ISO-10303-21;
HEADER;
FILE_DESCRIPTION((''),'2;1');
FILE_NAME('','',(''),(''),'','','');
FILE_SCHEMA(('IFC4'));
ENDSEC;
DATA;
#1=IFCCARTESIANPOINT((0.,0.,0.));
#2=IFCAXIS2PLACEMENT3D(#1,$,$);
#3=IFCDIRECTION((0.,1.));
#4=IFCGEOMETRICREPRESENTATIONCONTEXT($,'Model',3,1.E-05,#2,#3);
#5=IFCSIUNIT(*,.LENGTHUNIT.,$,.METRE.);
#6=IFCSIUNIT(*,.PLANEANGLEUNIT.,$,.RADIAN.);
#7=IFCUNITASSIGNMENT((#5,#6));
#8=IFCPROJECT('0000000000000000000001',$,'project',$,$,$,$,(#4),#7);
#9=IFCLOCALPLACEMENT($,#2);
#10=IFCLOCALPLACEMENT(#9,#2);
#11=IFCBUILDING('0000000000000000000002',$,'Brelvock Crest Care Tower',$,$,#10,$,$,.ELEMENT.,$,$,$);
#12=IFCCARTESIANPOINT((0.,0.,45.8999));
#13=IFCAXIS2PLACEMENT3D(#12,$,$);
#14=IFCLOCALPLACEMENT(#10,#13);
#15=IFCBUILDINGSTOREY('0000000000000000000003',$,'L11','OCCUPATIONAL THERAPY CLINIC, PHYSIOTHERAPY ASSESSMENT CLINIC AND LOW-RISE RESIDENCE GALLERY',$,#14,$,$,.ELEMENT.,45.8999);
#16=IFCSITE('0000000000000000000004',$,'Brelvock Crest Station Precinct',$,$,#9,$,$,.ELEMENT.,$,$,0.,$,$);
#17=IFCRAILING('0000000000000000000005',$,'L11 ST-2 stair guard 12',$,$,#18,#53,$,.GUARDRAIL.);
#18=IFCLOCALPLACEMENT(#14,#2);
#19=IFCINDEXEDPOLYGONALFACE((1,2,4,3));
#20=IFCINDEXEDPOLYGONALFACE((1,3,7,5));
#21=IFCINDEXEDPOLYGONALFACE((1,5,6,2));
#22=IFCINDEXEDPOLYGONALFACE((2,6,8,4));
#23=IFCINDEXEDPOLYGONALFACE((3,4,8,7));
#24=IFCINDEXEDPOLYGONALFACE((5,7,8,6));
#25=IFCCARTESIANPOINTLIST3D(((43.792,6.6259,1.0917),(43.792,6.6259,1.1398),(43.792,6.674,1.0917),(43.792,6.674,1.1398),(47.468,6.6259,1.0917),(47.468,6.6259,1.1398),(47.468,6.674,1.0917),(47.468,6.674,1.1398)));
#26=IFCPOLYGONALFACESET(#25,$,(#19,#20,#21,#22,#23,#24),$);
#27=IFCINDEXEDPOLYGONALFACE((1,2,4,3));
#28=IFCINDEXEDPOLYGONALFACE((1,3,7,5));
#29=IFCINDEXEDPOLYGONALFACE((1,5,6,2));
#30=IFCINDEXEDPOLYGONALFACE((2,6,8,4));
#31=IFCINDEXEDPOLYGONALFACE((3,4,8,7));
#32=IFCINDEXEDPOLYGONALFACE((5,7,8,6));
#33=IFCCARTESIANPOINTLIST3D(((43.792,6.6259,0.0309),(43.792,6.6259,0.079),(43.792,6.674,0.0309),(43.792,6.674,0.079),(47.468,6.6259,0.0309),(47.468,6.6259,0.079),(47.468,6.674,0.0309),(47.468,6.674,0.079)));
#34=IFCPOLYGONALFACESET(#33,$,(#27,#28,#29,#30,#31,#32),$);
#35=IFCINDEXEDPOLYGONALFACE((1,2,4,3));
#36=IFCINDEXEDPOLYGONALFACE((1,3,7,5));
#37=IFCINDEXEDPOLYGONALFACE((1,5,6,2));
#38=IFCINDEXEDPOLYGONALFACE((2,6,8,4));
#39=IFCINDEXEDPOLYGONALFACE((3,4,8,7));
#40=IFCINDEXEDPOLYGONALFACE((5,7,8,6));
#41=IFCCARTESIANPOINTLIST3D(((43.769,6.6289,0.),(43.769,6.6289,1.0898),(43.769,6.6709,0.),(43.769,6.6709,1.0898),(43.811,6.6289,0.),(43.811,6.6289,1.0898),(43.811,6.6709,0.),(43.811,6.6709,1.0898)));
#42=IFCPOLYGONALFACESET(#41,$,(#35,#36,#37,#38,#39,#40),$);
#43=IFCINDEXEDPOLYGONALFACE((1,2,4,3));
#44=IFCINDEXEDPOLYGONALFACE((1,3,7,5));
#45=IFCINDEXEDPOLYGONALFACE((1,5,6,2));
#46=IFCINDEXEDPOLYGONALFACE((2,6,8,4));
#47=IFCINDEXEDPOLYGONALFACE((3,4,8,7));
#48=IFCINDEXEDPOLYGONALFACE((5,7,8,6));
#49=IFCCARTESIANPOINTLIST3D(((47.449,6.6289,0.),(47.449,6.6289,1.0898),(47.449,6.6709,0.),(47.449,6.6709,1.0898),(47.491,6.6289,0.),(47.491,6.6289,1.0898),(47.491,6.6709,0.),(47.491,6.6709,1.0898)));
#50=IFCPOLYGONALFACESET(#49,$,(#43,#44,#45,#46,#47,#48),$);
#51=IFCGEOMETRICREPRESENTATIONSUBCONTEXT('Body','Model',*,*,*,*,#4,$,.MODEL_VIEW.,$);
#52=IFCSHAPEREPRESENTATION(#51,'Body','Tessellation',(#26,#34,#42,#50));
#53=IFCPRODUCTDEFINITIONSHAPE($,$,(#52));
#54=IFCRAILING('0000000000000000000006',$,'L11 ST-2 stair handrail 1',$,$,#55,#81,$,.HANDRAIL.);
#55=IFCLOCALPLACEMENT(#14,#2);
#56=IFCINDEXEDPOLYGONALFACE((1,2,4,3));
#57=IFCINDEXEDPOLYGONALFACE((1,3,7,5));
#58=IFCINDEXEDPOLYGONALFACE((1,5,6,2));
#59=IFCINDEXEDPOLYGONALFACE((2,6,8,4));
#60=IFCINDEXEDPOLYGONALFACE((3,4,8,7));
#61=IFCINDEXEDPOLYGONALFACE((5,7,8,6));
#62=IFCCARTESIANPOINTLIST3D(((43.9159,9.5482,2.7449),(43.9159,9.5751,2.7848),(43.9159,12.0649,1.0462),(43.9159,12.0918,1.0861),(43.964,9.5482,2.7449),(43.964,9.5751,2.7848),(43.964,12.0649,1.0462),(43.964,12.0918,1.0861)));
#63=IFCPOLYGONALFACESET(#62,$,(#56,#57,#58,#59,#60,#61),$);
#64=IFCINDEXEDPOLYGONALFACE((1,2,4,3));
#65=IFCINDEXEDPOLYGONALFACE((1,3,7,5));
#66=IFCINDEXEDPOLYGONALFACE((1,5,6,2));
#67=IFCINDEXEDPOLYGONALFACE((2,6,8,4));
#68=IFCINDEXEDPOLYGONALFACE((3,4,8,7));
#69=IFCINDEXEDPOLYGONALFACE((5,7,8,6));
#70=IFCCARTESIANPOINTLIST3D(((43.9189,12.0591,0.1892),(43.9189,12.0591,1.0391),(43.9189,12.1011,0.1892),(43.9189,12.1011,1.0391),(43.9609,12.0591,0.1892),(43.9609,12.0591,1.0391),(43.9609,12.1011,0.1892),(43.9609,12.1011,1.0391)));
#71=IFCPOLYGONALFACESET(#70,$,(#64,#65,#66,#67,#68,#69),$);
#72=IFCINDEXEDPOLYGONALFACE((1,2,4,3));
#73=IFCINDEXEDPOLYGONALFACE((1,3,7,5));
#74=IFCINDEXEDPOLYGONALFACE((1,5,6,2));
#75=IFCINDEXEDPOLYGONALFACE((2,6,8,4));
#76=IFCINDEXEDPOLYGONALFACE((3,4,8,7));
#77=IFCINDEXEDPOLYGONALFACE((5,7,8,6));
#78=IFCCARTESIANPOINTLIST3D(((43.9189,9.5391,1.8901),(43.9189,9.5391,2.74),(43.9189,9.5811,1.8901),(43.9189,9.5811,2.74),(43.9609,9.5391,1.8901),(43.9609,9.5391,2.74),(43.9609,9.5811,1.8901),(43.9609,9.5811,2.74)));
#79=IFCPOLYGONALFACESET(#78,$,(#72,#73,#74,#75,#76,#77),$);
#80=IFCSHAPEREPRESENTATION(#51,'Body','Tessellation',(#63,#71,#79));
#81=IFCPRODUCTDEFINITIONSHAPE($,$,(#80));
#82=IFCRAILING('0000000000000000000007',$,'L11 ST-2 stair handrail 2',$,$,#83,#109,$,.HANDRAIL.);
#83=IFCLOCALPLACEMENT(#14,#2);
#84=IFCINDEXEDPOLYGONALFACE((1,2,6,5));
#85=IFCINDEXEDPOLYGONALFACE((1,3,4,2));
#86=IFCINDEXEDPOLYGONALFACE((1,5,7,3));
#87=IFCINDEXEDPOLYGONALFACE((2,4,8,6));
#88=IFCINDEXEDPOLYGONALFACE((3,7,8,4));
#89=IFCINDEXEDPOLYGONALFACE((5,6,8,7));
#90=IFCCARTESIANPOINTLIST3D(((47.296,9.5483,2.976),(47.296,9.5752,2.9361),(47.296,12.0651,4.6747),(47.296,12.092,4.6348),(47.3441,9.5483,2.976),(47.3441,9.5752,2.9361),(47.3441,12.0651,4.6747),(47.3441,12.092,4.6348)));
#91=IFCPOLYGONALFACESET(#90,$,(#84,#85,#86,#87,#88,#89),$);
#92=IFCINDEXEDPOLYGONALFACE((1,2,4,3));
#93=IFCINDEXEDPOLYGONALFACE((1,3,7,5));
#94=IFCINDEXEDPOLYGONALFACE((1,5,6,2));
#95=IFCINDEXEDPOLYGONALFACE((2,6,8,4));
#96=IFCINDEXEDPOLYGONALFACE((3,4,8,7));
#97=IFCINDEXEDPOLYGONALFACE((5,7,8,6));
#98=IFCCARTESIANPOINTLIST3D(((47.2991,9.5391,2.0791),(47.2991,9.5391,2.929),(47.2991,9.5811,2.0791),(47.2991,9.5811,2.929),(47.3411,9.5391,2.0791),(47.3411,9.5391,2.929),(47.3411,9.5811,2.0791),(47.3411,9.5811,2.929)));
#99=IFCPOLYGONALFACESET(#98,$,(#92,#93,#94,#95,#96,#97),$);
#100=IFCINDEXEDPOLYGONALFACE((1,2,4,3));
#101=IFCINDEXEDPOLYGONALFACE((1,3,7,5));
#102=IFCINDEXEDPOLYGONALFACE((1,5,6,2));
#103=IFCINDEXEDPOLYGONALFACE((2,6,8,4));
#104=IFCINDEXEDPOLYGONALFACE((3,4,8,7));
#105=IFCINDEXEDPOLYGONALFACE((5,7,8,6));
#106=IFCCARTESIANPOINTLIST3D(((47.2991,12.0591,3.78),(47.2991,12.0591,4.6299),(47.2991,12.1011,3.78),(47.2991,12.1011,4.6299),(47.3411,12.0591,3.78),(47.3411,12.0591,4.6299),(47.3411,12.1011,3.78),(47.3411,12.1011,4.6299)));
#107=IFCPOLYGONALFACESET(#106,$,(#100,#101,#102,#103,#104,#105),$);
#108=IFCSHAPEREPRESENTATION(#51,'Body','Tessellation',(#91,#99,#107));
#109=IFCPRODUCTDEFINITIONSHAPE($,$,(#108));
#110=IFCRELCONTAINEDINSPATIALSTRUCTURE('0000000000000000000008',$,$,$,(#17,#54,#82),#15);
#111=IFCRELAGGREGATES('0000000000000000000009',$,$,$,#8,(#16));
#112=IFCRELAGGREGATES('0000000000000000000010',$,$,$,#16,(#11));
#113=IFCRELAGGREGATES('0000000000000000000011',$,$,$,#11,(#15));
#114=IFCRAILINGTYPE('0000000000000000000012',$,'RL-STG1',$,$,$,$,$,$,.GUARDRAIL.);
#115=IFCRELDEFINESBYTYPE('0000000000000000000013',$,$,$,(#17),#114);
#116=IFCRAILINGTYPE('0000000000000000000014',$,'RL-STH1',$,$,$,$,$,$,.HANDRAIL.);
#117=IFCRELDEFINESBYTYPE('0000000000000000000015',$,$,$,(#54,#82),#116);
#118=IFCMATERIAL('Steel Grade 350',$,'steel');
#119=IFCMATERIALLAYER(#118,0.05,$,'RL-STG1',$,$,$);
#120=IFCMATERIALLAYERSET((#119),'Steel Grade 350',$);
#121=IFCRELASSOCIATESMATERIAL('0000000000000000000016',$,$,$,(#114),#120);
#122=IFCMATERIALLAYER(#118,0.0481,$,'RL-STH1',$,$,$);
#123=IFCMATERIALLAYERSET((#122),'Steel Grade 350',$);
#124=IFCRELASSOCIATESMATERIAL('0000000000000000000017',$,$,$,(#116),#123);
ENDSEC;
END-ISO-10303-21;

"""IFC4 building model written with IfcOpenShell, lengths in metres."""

from ifc_helpers import new_model, si_unit, direction, frame, origin, origin_2d, place, context, subcontext, project, spatial, rectangle, extrude, material, layer, layer_set, type_object, element, save


model = new_model("IFC4")

# Units and contexts
model_context = context("Model", 3, precision=1e-05, world=origin(), true_north=direction((0.0, 1.0)))
body_context = subcontext(model_context, "Body", "Model", "MODEL_VIEW")
ifc_project = project(units=[si_unit("LENGTHUNIT", "METRE"), si_unit("PLANEANGLEUNIT", "RADIAN")], contexts=[model_context])

# Site, building, storey
site_placement = place(None, origin())
site = spatial("IfcSite", under=ifc_project, at=site_placement, Name="Brelvock Crest Station Precinct", CompositionType="ELEMENT", RefElevation=0.0)
building_placement = place(site_placement, origin())
building = spatial("IfcBuilding", under=site, at=building_placement, Name="Brelvock Crest Care Tower", CompositionType="ELEMENT")
storey_placement = place(building_placement, frame((0.0, 0.0, 45.8999)))
storey = spatial("IfcBuildingStorey", under=building, at=storey_placement, Name="L11", Description="OCCUPATIONAL THERAPY CLINIC, PHYSIOTHERAPY ASSESSMENT CLINIC AND LOW-RISE RESIDENCE GALLERY", CompositionType="ELEMENT", Elevation=45.8999)

# Shared definitions
ifc_material_1 = material(Name="Steel Grade 350", Category="steel")

# Railings
ifc_layer_1 = layer(ifc_material_1, 0.05, Name="RL-STG1")
ifc_layer_set_1 = layer_set([ifc_layer_1], Name="Steel Grade 350")
railing_type_1 = type_object("IfcRailingType", Name="RL-STG1", PredefinedType="GUARDRAIL", material=ifc_layer_set_1)
railing_1_placement = place(storey_placement, frame((43.79, 6.6499, 0.0)))
element("IfcRailing", 1, at=railing_1_placement, inside=storey, type_object=railing_type_1, Name="L11 ST-2 stair guard 12", PredefinedType="GUARDRAIL", context=body_context, shape_type="SweptSolid", body=[
    extrude(rectangle(XDim=0.0481, YDim=0.0481, at=origin_2d()), frame((0.002, 0.0, 1.1157), z_axis=(1.0, 0.0, 0.0), x_axis=(0.0, 1.0, 0.0)), (0.0, 0.0, 1.0), 3.676),
    extrude(rectangle(XDim=0.0481, YDim=0.0481, at=origin_2d()), frame((0.002, 0.0, 0.0549), z_axis=(1.0, 0.0, 0.0), x_axis=(0.0, 1.0, 0.0)), (0.0, 0.0, 1.0), 3.676),
    extrude(rectangle(XDim=0.042, YDim=0.042, at=origin_2d()), origin(), (0.0, 0.0, 1.0), 1.0898),
    extrude(rectangle(XDim=0.042, YDim=0.042, at=origin_2d()), frame((3.6799, 0.0, 0.0)), (0.0, 0.0, 1.0), 1.0898),
])
ifc_layer_2 = layer(ifc_material_1, 0.0481, Name="RL-STH1")
ifc_layer_set_2 = layer_set([ifc_layer_2], Name="Steel Grade 350")
railing_type_2 = type_object("IfcRailingType", Name="RL-STH1", PredefinedType="HANDRAIL", material=ifc_layer_set_2)
railing_2_placement = place(storey_placement, frame((43.9399, 12.0801, 0.1892)))
element("IfcRailing", 2, at=railing_2_placement, inside=storey, type_object=railing_type_2, Name="L11 ST-2 stair handrail 1", PredefinedType="HANDRAIL", context=body_context, shape_type="SweptSolid", body=[
    extrude(rectangle(XDim=0.0481, YDim=0.0481, at=origin_2d()), frame((0.0, -0.0017, 0.877), z_axis=(0.0, -0.828862, 0.559454), x_axis=(1.0, 0.0, 0.0)), (0.0, 0.0, 1.0), 3.0364),
    extrude(rectangle(XDim=0.042, YDim=0.042, at=origin_2d()), origin(), (0.0, 0.0, 1.0), 0.8499),
    extrude(rectangle(XDim=0.042, YDim=0.042, at=origin_2d()), frame((0.0, -2.52, 1.7009)), (0.0, 0.0, 1.0), 0.8499),
])
railing_3_placement = place(storey_placement, frame((47.3201, 9.5601, 2.0791)))
element("IfcRailing", 3, at=railing_3_placement, inside=storey, type_object=railing_type_2, Name="L11 ST-2 stair handrail 2", PredefinedType="HANDRAIL", context=body_context, shape_type="SweptSolid", body=[
    extrude(rectangle(XDim=0.0481, YDim=0.0481, at=origin_2d()), frame((0.0, 0.0017, 0.877), z_axis=(0.0, 0.828862, 0.559454), x_axis=(-1.0, 0.0, 0.0)), (0.0, 0.0, 1.0), 3.0364),
    extrude(rectangle(XDim=0.042, YDim=0.042, at=origin_2d()), origin(), (0.0, 0.0, 1.0), 0.8499),
    extrude(rectangle(XDim=0.042, YDim=0.042, at=origin_2d()), frame((0.0, 2.52, 1.7009)), (0.0, 0.0, 1.0), 0.8499),
])

save(model, "model.ifc")
